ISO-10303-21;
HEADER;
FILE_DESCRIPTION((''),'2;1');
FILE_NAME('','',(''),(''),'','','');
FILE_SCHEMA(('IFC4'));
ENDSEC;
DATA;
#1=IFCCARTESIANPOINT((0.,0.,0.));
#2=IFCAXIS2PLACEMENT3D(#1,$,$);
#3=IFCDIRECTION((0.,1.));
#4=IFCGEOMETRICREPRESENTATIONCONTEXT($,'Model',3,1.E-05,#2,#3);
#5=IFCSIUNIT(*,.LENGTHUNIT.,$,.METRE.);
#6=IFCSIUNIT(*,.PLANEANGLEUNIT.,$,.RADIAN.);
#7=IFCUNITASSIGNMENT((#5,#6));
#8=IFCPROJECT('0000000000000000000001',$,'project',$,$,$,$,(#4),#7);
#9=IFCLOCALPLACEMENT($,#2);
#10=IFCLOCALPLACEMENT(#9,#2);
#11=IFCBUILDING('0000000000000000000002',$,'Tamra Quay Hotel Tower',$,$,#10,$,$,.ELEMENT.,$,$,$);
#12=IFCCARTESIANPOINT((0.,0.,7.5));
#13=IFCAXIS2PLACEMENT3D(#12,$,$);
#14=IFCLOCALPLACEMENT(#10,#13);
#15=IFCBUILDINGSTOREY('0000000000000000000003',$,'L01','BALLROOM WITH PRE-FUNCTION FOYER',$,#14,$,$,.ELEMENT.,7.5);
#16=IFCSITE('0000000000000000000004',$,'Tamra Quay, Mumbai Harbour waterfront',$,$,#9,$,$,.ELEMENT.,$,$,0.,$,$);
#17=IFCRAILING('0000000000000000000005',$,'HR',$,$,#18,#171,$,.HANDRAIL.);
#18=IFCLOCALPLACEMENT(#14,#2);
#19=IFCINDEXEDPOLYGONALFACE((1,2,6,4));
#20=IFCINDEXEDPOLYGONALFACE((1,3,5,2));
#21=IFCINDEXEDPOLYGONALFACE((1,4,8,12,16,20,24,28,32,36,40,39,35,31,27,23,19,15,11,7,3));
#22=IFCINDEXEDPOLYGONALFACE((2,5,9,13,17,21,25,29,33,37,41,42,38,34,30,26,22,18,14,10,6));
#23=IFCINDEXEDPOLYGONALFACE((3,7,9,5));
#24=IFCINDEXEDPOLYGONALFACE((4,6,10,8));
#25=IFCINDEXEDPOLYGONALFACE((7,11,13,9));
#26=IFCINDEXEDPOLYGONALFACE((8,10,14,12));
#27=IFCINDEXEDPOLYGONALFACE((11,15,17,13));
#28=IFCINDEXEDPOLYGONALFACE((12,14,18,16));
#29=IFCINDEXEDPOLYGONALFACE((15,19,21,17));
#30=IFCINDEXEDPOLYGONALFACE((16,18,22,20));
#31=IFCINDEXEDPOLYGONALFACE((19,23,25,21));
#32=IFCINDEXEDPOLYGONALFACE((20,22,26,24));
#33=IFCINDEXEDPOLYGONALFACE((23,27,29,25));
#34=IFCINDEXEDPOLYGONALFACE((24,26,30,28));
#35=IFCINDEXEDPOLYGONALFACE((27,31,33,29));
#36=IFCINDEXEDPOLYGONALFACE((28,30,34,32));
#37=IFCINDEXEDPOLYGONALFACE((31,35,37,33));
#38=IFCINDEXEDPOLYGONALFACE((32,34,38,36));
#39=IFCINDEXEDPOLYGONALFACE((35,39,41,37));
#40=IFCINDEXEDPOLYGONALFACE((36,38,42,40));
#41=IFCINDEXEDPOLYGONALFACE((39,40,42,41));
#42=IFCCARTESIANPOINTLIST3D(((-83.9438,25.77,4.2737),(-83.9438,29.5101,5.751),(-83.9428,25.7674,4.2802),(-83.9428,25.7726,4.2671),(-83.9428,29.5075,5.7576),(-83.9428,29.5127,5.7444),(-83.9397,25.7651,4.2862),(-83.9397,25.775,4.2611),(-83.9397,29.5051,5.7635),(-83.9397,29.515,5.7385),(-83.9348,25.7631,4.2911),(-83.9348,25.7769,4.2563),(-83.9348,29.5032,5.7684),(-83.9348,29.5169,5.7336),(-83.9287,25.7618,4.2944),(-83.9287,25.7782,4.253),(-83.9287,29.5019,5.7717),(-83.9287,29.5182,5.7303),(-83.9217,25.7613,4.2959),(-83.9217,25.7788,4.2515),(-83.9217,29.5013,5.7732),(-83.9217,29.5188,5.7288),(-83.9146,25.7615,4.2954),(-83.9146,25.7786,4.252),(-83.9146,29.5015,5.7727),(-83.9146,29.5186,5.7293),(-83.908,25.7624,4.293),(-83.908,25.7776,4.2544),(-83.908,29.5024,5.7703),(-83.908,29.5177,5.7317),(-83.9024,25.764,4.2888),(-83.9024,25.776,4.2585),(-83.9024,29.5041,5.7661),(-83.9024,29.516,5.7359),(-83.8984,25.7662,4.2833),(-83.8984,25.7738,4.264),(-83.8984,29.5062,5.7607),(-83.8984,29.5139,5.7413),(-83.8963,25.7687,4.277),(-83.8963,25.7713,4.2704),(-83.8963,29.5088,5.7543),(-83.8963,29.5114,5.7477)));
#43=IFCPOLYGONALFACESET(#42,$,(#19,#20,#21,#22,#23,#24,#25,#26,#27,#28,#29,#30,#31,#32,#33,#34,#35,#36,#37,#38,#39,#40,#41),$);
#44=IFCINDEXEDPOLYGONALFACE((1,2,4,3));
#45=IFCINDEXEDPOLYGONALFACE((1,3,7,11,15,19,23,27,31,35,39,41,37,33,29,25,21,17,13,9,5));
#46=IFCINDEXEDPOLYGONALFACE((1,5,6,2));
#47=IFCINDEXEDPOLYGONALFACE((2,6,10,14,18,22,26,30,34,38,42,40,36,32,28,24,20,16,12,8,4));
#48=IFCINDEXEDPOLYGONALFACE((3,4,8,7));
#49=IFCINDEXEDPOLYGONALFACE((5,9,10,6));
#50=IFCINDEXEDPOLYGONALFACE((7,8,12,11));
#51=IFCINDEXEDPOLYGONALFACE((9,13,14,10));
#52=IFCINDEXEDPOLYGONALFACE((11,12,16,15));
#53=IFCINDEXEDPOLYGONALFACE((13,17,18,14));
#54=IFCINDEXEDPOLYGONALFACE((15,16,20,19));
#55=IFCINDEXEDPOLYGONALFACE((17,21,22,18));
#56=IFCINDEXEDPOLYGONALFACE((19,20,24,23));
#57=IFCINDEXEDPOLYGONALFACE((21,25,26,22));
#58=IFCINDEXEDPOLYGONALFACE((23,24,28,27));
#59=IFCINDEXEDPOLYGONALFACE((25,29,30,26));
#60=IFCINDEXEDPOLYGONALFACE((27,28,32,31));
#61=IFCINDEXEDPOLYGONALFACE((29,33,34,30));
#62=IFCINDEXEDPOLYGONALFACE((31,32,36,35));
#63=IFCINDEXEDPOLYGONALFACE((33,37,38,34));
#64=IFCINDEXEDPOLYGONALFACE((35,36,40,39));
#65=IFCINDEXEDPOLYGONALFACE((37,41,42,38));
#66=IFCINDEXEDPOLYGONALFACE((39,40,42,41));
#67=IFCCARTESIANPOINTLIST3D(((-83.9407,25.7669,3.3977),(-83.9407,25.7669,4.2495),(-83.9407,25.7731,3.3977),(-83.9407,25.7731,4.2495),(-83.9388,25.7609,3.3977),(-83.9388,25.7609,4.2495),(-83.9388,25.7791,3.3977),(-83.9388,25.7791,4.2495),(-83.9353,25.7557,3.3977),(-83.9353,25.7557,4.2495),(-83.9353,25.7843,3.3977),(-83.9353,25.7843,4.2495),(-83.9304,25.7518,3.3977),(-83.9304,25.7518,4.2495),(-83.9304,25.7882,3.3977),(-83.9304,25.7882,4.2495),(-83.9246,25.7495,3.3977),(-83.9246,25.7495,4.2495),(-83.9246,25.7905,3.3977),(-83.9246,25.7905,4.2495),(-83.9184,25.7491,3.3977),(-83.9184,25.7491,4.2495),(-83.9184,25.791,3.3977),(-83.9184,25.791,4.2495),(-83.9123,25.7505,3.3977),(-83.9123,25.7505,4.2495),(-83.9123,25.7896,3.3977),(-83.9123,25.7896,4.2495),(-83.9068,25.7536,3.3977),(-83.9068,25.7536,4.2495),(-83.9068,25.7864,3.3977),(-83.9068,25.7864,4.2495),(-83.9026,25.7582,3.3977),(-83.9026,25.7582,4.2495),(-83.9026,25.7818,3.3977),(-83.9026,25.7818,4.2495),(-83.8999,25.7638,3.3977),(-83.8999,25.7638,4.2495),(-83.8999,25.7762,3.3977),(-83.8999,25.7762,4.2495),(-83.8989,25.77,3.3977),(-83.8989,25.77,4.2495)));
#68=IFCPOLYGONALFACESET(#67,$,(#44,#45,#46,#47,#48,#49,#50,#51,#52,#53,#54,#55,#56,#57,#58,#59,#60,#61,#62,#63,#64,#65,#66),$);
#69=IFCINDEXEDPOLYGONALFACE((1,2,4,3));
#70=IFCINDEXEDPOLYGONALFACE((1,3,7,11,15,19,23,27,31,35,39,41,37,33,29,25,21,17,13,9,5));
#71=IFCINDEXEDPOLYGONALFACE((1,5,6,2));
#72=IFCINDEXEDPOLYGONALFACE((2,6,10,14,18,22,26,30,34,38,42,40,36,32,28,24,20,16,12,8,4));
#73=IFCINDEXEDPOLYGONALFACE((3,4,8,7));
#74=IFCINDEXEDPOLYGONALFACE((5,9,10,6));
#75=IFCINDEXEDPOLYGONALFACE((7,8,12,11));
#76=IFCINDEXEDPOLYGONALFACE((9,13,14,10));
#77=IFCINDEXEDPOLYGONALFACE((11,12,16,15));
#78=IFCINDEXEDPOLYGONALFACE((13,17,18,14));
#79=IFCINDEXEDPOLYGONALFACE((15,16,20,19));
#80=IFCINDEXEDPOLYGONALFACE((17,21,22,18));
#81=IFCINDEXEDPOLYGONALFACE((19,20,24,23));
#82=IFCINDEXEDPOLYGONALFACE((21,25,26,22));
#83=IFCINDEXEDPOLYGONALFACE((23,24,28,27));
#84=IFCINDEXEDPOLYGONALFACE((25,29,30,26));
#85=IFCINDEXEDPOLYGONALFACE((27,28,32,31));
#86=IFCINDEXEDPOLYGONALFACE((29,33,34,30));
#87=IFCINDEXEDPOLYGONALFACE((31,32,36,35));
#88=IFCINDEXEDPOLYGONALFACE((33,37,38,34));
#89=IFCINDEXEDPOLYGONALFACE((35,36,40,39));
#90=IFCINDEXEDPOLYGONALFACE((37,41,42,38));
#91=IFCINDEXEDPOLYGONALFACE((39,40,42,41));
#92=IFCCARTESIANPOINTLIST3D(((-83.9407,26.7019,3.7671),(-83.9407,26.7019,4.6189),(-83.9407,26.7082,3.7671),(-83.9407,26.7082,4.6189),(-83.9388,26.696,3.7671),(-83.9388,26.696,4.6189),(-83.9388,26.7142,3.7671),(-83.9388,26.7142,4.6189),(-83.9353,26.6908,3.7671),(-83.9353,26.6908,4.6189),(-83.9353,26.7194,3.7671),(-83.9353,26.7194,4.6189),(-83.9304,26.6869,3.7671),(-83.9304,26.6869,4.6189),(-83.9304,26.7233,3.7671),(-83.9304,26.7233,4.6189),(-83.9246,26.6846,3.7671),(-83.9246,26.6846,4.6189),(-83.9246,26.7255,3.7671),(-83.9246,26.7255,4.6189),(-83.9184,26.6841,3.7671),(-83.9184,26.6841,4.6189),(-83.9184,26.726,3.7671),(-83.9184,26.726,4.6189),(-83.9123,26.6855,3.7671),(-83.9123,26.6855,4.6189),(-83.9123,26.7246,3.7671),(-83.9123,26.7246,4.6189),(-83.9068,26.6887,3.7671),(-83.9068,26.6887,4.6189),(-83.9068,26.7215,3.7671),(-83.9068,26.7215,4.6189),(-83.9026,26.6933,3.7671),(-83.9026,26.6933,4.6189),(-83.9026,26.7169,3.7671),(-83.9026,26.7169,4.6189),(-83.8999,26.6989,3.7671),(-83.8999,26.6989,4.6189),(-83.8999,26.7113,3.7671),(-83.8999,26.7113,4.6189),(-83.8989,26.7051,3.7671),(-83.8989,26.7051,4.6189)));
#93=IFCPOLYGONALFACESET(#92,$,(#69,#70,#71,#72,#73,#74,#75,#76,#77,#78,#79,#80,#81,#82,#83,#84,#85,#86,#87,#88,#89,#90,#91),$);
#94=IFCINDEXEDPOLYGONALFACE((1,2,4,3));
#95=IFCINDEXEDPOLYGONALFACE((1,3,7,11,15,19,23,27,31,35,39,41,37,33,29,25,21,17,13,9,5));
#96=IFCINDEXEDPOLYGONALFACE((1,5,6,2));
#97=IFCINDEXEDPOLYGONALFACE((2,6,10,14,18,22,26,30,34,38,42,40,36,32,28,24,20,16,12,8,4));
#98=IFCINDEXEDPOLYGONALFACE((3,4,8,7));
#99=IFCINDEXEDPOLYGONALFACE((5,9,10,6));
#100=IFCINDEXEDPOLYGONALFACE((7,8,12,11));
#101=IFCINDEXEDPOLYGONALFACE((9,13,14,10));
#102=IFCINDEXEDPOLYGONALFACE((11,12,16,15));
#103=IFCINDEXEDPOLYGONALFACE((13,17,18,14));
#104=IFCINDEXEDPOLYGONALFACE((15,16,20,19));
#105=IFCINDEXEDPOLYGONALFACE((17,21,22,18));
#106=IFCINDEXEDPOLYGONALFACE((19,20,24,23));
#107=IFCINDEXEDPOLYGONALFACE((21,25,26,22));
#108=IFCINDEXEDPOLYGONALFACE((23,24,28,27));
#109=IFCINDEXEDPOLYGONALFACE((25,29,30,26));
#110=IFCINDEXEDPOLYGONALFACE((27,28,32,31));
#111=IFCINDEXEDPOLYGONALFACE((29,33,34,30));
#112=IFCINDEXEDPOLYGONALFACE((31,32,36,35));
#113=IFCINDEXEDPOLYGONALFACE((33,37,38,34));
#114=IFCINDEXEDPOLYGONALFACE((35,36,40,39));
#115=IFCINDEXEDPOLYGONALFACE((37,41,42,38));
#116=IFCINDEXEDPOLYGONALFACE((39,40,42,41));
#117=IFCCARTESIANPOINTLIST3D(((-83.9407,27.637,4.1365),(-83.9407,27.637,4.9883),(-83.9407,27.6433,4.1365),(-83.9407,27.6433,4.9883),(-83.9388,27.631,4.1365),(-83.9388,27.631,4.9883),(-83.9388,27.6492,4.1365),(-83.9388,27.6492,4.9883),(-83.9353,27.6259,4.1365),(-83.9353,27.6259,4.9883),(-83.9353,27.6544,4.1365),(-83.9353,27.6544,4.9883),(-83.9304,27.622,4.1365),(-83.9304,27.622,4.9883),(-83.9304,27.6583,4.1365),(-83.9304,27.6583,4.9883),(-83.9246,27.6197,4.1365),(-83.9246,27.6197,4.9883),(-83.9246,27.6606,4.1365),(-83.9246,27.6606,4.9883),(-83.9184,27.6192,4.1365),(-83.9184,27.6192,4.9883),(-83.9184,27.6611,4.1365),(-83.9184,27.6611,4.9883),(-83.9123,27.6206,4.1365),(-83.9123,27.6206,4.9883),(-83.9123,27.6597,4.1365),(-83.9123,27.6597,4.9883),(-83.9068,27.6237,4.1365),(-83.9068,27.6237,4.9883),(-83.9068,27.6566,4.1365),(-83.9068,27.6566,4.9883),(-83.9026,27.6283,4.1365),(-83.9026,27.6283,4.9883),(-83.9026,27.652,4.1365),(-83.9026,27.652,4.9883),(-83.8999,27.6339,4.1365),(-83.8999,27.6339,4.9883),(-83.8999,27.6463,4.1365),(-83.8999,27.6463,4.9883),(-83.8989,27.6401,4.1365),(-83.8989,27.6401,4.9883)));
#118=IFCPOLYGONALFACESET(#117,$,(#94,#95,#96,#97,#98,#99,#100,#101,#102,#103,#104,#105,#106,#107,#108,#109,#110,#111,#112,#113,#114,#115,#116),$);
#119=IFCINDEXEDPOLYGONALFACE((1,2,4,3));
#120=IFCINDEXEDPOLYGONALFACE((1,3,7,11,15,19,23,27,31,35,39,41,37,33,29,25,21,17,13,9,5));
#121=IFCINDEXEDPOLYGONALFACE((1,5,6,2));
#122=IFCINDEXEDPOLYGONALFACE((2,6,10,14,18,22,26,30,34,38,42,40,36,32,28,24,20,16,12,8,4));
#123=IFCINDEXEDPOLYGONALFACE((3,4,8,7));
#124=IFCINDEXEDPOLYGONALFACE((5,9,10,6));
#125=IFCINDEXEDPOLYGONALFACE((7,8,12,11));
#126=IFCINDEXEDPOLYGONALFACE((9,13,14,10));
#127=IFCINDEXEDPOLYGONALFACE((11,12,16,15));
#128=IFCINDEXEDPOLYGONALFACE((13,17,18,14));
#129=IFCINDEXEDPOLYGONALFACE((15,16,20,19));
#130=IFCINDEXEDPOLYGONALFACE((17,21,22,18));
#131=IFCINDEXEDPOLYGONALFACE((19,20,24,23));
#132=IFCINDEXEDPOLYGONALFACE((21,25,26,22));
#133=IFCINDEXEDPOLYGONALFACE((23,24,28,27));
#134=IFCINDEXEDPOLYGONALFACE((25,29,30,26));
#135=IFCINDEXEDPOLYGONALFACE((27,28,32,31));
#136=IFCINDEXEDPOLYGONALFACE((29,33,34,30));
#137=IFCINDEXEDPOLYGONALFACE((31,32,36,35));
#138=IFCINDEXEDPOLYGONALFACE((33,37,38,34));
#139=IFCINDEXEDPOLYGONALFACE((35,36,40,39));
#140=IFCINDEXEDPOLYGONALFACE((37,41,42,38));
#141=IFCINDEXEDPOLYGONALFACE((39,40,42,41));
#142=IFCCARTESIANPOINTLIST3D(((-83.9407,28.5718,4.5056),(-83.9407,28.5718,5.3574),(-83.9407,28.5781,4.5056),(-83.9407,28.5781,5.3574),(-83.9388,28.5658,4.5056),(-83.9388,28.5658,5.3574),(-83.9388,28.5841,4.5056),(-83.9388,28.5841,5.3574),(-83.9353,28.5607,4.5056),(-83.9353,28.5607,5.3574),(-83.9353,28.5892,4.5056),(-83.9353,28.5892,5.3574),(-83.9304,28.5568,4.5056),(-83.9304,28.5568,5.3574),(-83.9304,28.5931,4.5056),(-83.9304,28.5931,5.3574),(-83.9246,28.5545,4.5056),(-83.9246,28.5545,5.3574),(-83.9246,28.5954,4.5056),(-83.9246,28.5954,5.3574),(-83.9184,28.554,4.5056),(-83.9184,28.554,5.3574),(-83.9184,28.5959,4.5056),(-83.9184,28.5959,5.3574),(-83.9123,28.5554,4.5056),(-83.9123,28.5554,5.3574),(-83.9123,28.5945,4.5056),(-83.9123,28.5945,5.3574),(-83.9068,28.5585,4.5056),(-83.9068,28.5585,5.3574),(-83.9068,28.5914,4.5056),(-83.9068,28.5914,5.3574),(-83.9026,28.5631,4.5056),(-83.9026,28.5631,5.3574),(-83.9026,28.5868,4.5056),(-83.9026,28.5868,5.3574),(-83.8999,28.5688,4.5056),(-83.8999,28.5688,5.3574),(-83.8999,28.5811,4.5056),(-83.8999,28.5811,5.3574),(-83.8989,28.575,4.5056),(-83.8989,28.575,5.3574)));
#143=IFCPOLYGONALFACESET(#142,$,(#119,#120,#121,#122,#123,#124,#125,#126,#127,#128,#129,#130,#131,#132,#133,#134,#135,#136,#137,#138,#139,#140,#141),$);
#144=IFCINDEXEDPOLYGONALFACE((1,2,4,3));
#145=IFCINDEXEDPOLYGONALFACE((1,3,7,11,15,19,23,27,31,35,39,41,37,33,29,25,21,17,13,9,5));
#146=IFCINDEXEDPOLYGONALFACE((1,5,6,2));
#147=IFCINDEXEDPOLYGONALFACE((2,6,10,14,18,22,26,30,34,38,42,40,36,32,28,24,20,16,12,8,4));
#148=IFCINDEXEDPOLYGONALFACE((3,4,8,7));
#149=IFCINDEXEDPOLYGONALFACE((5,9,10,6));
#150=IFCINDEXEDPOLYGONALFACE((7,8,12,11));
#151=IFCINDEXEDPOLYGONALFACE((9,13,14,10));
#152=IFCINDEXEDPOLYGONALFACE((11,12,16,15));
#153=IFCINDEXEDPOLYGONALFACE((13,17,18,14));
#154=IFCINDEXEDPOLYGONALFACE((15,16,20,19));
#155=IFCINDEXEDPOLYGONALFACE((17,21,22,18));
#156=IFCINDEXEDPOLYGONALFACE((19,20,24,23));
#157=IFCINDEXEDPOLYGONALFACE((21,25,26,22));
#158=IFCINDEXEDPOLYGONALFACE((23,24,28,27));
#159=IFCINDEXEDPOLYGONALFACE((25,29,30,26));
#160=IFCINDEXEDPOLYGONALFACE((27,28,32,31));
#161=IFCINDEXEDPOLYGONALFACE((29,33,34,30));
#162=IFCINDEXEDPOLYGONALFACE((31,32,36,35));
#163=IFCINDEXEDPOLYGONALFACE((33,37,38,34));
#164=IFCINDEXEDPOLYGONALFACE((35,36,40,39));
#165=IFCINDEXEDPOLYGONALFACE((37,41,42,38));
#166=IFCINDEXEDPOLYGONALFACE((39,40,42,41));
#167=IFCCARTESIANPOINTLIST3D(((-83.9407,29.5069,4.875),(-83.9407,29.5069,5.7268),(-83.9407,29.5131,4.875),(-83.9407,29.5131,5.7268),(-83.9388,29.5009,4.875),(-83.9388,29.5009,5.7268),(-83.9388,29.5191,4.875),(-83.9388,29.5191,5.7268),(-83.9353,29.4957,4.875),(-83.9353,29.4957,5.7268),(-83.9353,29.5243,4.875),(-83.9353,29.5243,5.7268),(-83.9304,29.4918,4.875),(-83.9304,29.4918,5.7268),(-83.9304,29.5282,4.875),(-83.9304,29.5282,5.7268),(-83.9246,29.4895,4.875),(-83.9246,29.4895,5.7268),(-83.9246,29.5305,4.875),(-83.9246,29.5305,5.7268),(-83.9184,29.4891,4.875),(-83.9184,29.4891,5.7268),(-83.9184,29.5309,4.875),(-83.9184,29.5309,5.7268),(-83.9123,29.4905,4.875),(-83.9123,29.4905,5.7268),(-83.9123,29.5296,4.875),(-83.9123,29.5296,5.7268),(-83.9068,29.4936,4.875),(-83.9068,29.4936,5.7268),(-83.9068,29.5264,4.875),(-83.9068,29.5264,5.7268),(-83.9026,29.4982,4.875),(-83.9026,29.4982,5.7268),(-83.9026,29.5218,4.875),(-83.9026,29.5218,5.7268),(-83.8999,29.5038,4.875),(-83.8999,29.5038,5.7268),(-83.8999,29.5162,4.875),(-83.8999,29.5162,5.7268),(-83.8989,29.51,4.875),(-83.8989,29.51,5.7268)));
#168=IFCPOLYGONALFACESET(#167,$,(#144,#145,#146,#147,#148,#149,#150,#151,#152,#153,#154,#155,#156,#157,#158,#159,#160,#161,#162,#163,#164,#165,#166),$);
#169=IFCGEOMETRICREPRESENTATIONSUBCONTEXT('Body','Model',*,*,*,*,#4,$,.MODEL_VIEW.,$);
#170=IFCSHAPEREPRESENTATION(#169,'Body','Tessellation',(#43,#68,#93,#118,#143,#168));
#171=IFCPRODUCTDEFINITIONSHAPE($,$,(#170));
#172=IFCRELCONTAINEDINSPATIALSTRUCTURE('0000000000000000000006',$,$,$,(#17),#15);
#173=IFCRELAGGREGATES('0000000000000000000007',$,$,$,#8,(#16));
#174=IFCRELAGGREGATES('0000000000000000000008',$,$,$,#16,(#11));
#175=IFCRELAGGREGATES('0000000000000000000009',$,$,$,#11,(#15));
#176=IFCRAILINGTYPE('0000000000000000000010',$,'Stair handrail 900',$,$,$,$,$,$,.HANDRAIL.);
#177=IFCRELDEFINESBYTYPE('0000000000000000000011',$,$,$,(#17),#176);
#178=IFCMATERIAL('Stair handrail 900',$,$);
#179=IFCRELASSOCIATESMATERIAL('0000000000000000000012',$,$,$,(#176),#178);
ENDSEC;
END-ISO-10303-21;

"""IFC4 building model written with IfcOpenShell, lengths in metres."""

from ifc_helpers import new_model, si_unit, direction, frame, origin, origin_2d, place, context, subcontext, project, spatial, circle, extrude, material, type_object, element, save


model = new_model("IFC4")

# Units and contexts
model_context = context("Model", 3, precision=1e-05, world=origin(), true_north=direction((0.0, 1.0)))
body_context = subcontext(model_context, "Body", "Model", "MODEL_VIEW")
ifc_project = project(units=[si_unit("LENGTHUNIT", "METRE"), si_unit("PLANEANGLEUNIT", "RADIAN")], contexts=[model_context])

# Site, building, storey
site_placement = place(None, origin())
site = spatial("IfcSite", under=ifc_project, at=site_placement, Name="Tamra Quay, Mumbai Harbour waterfront", CompositionType="ELEMENT", RefElevation=0.0)
building_placement = place(site_placement, origin())
building = spatial("IfcBuilding", under=site, at=building_placement, Name="Tamra Quay Hotel Tower", CompositionType="ELEMENT")
storey_placement = place(building_placement, frame((0.0, 0.0, 7.5)))
storey = spatial("IfcBuildingStorey", under=building, at=storey_placement, Name="L01", Description="BALLROOM WITH PRE-FUNCTION FOYER", CompositionType="ELEMENT", Elevation=7.5)

# Railing
ifc_material_1 = material(Name="Stair handrail 900")
railing_type_1 = type_object("IfcRailingType", Name="Stair handrail 900", PredefinedType="HANDRAIL", material=ifc_material_1)
railing_1_placement = place(storey_placement, frame((-83.9199, 25.77, 3.3977)))
element("IfcRailing", 1, at=railing_1_placement, inside=storey, type_object=railing_type_1, Name="HR", PredefinedType="HANDRAIL", context=body_context, shape_type="SweptSolid", body=[
    extrude(circle(Radius=0.0239, at=origin_2d()), frame((0.0, 0.0, 0.876), z_axis=(0.0, 0.930072, 0.367378), x_axis=(-1.0, 0.0, 0.0)), (0.0, 0.0, 1.0), 4.0212),
    extrude(circle(Radius=0.021, at=origin_2d()), origin(), (0.0, 0.0, 1.0), 0.8518),
    extrude(circle(Radius=0.021, at=origin_2d()), frame((0.0, 0.9351, 0.3694)), (0.0, 0.0, 1.0), 0.8518),
    extrude(circle(Radius=0.021, at=origin_2d()), frame((0.0, 1.8701, 0.7388)), (0.0, 0.0, 1.0), 0.8518),
    extrude(circle(Radius=0.021, at=origin_2d()), frame((0.0, 2.8049, 1.1079)), (0.0, 0.0, 1.0), 0.8518),
    extrude(circle(Radius=0.021, at=origin_2d()), frame((0.0, 3.74, 1.4773)), (0.0, 0.0, 1.0), 0.8518),
])

save(model, "model.ifc")
